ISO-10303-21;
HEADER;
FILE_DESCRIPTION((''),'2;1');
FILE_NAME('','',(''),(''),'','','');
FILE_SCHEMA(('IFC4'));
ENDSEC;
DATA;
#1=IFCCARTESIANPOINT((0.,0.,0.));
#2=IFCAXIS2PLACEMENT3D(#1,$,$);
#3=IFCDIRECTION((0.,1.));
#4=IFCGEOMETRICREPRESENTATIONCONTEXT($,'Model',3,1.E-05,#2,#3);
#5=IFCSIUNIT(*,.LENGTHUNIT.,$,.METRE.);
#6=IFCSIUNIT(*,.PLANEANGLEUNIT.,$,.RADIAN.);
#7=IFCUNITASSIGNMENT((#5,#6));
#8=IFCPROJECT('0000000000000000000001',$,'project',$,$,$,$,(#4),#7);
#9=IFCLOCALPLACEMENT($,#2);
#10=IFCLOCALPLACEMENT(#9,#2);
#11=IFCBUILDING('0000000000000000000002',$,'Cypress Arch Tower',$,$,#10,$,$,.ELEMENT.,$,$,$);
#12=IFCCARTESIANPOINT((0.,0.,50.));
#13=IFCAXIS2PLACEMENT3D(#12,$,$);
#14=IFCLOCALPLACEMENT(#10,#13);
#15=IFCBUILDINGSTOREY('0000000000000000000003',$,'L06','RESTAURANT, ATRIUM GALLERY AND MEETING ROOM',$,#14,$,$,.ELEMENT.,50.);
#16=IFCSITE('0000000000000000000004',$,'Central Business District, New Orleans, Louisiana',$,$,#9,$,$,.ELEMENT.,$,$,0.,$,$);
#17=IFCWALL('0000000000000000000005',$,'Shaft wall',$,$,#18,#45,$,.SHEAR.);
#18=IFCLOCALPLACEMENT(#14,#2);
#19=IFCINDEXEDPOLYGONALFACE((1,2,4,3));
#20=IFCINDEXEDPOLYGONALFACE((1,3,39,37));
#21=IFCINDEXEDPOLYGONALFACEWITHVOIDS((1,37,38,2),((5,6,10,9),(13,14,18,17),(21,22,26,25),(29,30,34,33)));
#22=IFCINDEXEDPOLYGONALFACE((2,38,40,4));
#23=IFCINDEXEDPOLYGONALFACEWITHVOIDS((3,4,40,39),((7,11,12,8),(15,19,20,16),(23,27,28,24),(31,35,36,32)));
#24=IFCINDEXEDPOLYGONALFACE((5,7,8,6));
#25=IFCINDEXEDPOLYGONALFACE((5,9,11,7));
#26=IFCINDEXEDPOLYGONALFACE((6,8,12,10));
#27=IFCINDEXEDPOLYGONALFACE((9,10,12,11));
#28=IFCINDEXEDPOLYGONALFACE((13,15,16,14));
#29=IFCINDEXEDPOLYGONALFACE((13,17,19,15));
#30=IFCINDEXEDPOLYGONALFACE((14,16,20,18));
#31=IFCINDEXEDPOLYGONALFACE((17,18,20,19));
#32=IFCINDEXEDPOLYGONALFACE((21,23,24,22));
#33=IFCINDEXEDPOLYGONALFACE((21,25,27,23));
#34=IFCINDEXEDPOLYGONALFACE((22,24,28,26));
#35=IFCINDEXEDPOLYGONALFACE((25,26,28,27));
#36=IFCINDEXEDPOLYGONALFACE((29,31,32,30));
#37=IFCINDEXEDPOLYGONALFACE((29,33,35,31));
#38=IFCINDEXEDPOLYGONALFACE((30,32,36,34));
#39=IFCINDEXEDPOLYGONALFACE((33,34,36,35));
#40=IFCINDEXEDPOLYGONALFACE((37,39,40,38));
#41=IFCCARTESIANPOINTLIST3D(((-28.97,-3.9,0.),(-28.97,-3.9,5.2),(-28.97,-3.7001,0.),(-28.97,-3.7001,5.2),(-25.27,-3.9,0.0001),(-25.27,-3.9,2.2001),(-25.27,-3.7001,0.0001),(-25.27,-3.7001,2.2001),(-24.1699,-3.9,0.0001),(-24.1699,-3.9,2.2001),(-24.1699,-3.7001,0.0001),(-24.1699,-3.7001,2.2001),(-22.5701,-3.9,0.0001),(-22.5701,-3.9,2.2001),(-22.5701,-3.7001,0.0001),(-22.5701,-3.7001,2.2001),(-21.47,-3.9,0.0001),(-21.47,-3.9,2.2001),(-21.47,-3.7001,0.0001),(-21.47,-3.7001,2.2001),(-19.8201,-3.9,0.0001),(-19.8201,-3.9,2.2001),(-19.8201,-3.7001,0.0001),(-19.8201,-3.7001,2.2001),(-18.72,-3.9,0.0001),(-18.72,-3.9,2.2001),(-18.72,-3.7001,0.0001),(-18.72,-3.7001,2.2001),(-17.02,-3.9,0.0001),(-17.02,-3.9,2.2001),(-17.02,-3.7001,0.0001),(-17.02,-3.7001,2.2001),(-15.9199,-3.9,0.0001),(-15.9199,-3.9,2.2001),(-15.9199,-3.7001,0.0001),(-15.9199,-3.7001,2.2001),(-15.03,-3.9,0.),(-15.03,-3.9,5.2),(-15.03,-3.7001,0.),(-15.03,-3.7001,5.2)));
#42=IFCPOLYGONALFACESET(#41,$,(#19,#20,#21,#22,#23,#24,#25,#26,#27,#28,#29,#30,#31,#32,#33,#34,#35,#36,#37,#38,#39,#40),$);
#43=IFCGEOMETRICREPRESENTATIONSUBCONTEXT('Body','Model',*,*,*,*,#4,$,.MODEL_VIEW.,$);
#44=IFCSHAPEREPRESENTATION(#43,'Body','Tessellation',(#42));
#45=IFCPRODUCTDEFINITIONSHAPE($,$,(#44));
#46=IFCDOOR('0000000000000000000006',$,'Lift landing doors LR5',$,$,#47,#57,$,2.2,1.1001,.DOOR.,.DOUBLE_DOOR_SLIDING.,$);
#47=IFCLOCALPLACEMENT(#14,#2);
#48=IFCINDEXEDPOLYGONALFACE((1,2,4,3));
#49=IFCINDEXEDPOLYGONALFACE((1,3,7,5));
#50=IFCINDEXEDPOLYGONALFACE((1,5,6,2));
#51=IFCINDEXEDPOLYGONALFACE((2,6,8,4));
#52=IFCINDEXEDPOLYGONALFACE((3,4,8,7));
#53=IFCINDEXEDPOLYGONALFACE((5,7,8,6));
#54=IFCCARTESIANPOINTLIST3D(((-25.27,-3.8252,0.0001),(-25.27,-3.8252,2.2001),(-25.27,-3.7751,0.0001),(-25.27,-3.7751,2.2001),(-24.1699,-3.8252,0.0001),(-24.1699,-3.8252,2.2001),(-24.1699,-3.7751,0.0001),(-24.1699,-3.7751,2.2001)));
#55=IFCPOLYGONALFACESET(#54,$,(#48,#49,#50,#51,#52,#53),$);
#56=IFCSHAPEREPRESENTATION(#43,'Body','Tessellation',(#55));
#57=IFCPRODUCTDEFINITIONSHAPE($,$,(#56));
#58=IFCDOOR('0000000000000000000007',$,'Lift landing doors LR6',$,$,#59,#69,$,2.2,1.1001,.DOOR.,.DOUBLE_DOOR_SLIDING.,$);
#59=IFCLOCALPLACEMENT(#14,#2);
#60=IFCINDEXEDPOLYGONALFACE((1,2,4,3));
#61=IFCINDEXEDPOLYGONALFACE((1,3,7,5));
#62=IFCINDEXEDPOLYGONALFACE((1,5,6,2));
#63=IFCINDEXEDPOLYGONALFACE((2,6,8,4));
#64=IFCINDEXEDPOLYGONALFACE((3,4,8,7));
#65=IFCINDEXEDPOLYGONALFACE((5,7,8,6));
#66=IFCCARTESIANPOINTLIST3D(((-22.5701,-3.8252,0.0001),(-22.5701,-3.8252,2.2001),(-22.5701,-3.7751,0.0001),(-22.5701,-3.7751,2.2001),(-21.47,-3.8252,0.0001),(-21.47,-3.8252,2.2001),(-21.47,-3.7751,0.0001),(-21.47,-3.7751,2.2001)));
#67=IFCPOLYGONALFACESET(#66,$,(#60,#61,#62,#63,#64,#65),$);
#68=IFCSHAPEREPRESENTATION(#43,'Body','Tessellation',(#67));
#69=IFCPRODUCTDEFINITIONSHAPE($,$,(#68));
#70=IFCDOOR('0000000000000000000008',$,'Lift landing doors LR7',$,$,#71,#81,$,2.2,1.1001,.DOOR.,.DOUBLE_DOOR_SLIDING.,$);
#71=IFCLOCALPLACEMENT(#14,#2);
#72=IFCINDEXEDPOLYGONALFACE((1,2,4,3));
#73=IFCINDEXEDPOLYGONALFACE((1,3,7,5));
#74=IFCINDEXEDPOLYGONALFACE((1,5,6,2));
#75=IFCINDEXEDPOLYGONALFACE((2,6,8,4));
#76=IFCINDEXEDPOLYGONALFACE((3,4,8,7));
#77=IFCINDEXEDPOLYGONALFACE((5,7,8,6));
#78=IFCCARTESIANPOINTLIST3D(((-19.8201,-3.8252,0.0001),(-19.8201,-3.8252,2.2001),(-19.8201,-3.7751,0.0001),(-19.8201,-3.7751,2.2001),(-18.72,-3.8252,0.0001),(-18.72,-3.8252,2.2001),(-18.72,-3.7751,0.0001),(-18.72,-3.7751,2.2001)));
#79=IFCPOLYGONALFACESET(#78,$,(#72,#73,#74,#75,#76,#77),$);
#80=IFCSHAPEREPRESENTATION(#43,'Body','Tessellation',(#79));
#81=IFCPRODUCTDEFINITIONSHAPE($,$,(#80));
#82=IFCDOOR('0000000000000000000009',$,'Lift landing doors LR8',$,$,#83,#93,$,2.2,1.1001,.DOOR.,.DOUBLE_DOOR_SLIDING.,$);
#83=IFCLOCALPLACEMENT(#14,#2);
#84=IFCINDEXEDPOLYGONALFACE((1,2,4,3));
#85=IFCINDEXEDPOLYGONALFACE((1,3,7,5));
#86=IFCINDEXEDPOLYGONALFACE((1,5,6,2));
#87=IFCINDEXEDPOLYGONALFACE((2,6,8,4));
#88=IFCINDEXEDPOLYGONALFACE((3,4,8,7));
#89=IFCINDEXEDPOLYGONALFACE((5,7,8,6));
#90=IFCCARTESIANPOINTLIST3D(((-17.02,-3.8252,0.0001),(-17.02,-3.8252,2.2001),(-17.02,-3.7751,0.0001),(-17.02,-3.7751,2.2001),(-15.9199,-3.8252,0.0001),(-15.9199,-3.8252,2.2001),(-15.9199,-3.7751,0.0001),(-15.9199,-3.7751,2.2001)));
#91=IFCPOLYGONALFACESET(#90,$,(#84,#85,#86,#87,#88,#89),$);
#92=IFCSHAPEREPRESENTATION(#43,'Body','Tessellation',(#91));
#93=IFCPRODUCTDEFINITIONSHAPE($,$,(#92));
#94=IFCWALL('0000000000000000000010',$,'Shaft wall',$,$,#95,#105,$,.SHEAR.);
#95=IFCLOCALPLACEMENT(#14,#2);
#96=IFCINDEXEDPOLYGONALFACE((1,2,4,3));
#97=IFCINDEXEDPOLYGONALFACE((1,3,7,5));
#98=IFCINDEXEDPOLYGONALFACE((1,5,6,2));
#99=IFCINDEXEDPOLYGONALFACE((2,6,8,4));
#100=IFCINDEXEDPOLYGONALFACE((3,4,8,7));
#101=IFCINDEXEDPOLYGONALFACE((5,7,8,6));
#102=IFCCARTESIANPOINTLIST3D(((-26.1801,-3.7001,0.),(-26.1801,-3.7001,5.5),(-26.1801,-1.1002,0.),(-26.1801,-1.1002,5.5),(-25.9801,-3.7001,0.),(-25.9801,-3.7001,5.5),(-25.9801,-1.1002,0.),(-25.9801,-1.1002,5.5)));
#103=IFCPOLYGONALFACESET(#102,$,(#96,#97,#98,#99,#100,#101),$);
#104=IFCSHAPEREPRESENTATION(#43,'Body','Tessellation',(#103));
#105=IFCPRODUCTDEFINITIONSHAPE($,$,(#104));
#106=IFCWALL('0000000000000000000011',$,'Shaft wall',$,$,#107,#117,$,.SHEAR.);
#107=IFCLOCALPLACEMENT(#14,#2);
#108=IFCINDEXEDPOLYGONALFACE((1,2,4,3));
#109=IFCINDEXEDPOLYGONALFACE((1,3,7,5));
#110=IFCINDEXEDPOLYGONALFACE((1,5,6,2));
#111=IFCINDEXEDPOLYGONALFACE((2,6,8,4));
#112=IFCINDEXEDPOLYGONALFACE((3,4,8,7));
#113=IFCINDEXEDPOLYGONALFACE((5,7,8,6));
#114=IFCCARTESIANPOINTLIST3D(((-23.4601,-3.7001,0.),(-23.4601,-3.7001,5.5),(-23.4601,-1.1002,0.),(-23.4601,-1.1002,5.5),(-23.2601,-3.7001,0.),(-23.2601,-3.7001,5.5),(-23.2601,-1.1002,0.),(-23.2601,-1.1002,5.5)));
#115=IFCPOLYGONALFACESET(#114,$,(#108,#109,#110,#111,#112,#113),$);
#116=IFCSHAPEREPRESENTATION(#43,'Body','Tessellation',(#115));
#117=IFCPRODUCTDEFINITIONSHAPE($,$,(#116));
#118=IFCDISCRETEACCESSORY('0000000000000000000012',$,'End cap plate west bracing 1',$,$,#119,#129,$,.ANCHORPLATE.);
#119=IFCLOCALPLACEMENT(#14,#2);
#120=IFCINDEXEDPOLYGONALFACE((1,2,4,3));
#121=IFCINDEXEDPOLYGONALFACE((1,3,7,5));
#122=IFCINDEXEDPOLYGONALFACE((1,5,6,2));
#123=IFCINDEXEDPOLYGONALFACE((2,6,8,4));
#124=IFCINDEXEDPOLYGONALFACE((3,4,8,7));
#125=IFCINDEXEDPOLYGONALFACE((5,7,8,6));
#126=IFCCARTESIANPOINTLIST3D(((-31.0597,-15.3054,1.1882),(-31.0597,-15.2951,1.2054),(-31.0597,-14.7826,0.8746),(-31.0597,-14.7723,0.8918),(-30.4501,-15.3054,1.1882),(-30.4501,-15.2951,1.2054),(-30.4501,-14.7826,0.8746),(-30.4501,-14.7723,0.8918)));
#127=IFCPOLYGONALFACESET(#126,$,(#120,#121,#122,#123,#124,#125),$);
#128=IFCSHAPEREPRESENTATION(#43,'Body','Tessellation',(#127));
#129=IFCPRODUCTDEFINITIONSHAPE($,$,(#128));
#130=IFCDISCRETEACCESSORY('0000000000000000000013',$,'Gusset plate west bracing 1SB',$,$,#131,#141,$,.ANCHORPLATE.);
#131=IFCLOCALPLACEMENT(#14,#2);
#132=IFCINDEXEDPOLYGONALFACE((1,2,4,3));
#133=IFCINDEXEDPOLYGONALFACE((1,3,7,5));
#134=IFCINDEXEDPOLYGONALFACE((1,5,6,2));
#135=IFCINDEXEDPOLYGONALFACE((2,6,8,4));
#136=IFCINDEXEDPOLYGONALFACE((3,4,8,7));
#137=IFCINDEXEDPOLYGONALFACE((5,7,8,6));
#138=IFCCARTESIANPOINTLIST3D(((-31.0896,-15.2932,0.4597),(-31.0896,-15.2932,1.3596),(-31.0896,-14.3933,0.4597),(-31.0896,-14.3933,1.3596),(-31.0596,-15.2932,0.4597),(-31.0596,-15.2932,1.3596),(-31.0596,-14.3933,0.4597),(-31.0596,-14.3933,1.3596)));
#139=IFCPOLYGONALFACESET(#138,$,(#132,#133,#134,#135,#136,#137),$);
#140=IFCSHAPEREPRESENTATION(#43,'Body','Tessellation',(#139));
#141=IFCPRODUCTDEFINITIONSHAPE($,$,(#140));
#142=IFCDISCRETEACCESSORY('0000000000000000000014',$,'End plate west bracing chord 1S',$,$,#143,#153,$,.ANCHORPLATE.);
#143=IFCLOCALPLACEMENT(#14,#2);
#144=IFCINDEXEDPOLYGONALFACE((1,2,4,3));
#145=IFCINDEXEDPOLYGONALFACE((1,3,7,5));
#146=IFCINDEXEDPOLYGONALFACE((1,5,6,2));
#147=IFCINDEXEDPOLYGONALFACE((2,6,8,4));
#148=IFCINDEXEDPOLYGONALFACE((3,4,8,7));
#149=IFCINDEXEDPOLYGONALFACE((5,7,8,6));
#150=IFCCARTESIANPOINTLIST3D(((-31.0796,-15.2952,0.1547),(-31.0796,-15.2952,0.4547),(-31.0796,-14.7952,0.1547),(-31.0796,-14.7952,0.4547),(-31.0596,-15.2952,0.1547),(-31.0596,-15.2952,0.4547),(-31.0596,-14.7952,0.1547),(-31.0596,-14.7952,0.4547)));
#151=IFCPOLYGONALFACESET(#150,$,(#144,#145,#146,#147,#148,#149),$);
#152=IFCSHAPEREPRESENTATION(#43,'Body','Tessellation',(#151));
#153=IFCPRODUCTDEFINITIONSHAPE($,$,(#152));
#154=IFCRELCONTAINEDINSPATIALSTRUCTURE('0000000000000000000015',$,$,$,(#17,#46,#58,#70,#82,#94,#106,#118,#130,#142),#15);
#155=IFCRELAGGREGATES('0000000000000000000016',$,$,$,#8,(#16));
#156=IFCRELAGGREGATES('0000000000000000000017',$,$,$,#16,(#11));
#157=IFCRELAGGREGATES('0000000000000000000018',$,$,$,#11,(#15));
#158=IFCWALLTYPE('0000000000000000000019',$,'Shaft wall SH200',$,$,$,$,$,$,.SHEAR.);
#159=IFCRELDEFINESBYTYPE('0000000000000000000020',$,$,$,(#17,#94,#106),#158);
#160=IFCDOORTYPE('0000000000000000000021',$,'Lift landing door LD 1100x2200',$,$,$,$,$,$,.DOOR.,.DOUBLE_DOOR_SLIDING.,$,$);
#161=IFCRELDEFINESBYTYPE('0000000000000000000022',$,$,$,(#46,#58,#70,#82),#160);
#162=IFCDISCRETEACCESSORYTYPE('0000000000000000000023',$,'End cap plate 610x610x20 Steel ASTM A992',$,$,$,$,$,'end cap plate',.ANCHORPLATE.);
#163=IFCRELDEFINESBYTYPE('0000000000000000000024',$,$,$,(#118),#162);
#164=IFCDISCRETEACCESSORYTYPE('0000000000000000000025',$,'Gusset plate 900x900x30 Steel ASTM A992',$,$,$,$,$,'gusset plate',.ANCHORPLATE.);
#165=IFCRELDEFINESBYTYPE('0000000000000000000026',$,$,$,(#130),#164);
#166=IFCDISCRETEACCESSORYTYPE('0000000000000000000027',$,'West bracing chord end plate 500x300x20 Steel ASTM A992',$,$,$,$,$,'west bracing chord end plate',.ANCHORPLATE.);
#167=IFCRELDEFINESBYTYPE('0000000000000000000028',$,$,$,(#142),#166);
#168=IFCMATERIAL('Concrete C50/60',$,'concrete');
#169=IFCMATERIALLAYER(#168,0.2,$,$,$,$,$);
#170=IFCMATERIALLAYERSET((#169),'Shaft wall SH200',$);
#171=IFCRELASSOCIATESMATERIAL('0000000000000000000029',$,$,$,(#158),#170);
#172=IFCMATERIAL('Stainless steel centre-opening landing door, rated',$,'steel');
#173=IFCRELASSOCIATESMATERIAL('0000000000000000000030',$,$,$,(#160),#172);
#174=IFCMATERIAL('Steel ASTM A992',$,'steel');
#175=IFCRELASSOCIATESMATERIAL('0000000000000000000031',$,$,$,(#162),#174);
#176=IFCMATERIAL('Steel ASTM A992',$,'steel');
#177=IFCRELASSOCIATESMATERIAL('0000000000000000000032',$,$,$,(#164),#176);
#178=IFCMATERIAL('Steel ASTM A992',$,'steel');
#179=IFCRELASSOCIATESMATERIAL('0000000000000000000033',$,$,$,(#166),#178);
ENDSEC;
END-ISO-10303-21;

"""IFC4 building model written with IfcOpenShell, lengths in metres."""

from ifc_helpers import new_model, si_unit, direction, frame, frame_2d, origin, origin_2d, place, context, subcontext, project, spatial, rectangle, extrude, material, layer, layer_set, material_profile, profile_set, type_object, element, fill, save


model = new_model("IFC4")

# Units and contexts
model_context = context("Model", 3, precision=1e-05, world=origin(), true_north=direction((0.0, 1.0)))
body_context = subcontext(model_context, "Body", "Model", "MODEL_VIEW")
ifc_project = project(units=[si_unit("LENGTHUNIT", "METRE"), si_unit("PLANEANGLEUNIT", "RADIAN")], contexts=[model_context])

# Site, building, storey
site_placement = place(None, origin())
site = spatial("IfcSite", under=ifc_project, at=site_placement, Name="Central Business District, New Orleans, Louisiana", CompositionType="ELEMENT", RefElevation=0.0)
building_placement = place(site_placement, origin())
building = spatial("IfcBuilding", under=site, at=building_placement, Name="Cypress Arch Tower", CompositionType="ELEMENT")
storey_placement = place(building_placement, frame((0.0, 0.0, 50.0)))
storey = spatial("IfcBuildingStorey", under=building, at=storey_placement, Name="L06", Description="RESTAURANT, ATRIUM GALLERY AND MEETING ROOM", CompositionType="ELEMENT", Elevation=50.0)

# Wall, openings, doors
ifc_material_1 = material(Name="Concrete C50/60", Category="concrete")
ifc_layer_1 = layer(ifc_material_1, 0.2)
ifc_layer_set_1 = layer_set([ifc_layer_1], Name="Shaft wall SH200")
wall_type = type_object("IfcWallType", Name="Shaft wall SH200", PredefinedType="SHEAR", material=ifc_layer_set_1)
ifc_material_2 = material(Name="Stainless steel centre-opening landing door, rated", Category="steel")
door_type = type_object("IfcDoorType", Name="Lift landing door LD 1100x2200", OperationType="DOUBLE_DOOR_SLIDING", PredefinedType="DOOR", material=ifc_material_2)
wall_1_placement = place(storey_placement, frame((-28.97, -3.8, 0.0), z_axis=(0.0, 0.0, 1.0), x_axis=(1.0, 0.0, 0.0)))
wall_1 = element("IfcWall", 1, at=wall_1_placement, inside=storey, type_object=wall_type, Name="Shaft wall", PredefinedType="SHEAR", context=body_context, shape_type="SweptSolid", body=[
    extrude(rectangle(XDim=13.9399, YDim=0.2, at=frame_2d((6.97, 0.0))), origin(), (0.0, 0.0, 1.0), 5.2),
])
opening_1_placement = place(wall_1_placement, frame((3.7, 0.0, 0.0)))
opening_1 = element("IfcOpeningElement", 2, at=opening_1_placement, cuts=wall_1, PredefinedType="OPENING", context=body_context, shape_type="SweptSolid", body=[
    extrude(rectangle(XDim=1.1001, YDim=2.2, at=frame_2d((0.55, 1.1001))), frame((0.0, 0.1099, 0.0), z_axis=(0.0, -1.0, 0.0), x_axis=(1.0, 0.0, 0.0)), (0.0, 0.0, 1.0), 0.22),
])
opening_2_placement = place(wall_1_placement, frame((6.3999, 0.0, 0.0)))
opening_2 = element("IfcOpeningElement", 3, at=opening_2_placement, cuts=wall_1, PredefinedType="OPENING", context=body_context, shape_type="SweptSolid", body=[
    extrude(rectangle(XDim=1.1001, YDim=2.2, at=frame_2d((0.55, 1.1001))), frame((0.0, 0.1099, 0.0), z_axis=(0.0, -1.0, 0.0), x_axis=(1.0, 0.0, 0.0)), (0.0, 0.0, 1.0), 0.22),
])
opening_3_placement = place(wall_1_placement, frame((9.1499, 0.0, 0.0)))
opening_3 = element("IfcOpeningElement", 4, at=opening_3_placement, cuts=wall_1, PredefinedType="OPENING", context=body_context, shape_type="SweptSolid", body=[
    extrude(rectangle(XDim=1.1001, YDim=2.2, at=frame_2d((0.55, 1.1001))), frame((0.0, 0.1099, 0.0), z_axis=(0.0, -1.0, 0.0), x_axis=(1.0, 0.0, 0.0)), (0.0, 0.0, 1.0), 0.22),
])
opening_4_placement = place(wall_1_placement, frame((11.95, 0.0, 0.0)))
opening_4 = element("IfcOpeningElement", 5, at=opening_4_placement, cuts=wall_1, PredefinedType="OPENING", context=body_context, shape_type="SweptSolid", body=[
    extrude(rectangle(XDim=1.1001, YDim=2.2, at=frame_2d((0.55, 1.1001))), frame((0.0, 0.1099, 0.0), z_axis=(0.0, -1.0, 0.0), x_axis=(1.0, 0.0, 0.0)), (0.0, 0.0, 1.0), 0.22),
])
door_1_placement = place(opening_1_placement, origin())
door_1 = element("IfcDoor", 6, at=door_1_placement, inside=storey, type_object=door_type, Name="Lift landing doors LR5", OperationType="DOUBLE_DOOR_SLIDING", OverallHeight=2.2, OverallWidth=1.1001, PredefinedType="DOOR", context=body_context, shape_type="SweptSolid", body=[
    extrude(rectangle(XDim=1.1001, YDim=2.2, at=frame_2d((0.55, 1.1001))), frame((0.0, 0.0249, 0.0), z_axis=(0.0, -1.0, 0.0), x_axis=(1.0, 0.0, 0.0)), (0.0, 0.0, 1.0), 0.05),
])
fill(opening_1, door_1)
door_2_placement = place(opening_2_placement, origin())
door_2 = element("IfcDoor", 7, at=door_2_placement, inside=storey, type_object=door_type, Name="Lift landing doors LR6", OperationType="DOUBLE_DOOR_SLIDING", OverallHeight=2.2, OverallWidth=1.1001, PredefinedType="DOOR", context=body_context, shape_type="SweptSolid", body=[
    extrude(rectangle(XDim=1.1001, YDim=2.2, at=frame_2d((0.55, 1.1001))), frame((0.0, 0.0249, 0.0), z_axis=(0.0, -1.0, 0.0), x_axis=(1.0, 0.0, 0.0)), (0.0, 0.0, 1.0), 0.05),
])
fill(opening_2, door_2)
door_3_placement = place(opening_3_placement, origin())
door_3 = element("IfcDoor", 8, at=door_3_placement, inside=storey, type_object=door_type, Name="Lift landing doors LR7", OperationType="DOUBLE_DOOR_SLIDING", OverallHeight=2.2, OverallWidth=1.1001, PredefinedType="DOOR", context=body_context, shape_type="SweptSolid", body=[
    extrude(rectangle(XDim=1.1001, YDim=2.2, at=frame_2d((0.55, 1.1001))), frame((0.0, 0.0249, 0.0), z_axis=(0.0, -1.0, 0.0), x_axis=(1.0, 0.0, 0.0)), (0.0, 0.0, 1.0), 0.05),
])
fill(opening_3, door_3)
door_4_placement = place(opening_4_placement, origin())
door_4 = element("IfcDoor", 9, at=door_4_placement, inside=storey, type_object=door_type, Name="Lift landing doors LR8", OperationType="DOUBLE_DOOR_SLIDING", OverallHeight=2.2, OverallWidth=1.1001, PredefinedType="DOOR", context=body_context, shape_type="SweptSolid", body=[
    extrude(rectangle(XDim=1.1001, YDim=2.2, at=frame_2d((0.55, 1.1001))), frame((0.0, 0.0249, 0.0), z_axis=(0.0, -1.0, 0.0), x_axis=(1.0, 0.0, 0.0)), (0.0, 0.0, 1.0), 0.05),
])
fill(opening_4, door_4)

# Walls
for number, where, z_axis, x_axis, name in (
    (10, (-26.0801, -3.7, 0.0), (0.0, 0.0, 1.0), (0.0, 1.0, 0.0), "Shaft wall"),
    (11, (-23.3601, -3.7, 0.0), (0.0, 0.0, 1.0), (0.0, 1.0, 0.0), "Shaft wall"),
):
    element("IfcWall", number, at=place(storey_placement, frame(where, z_axis=z_axis, x_axis=x_axis)), inside=storey, type_object=wall_type, Name=name, PredefinedType="SHEAR", context=body_context, shape_type="SweptSolid", body=[
        extrude(rectangle(XDim=2.5999, YDim=0.2, at=frame_2d((1.2998, 0.0))), origin(), (0.0, 0.0, 1.0), 5.5),
    ])

# Discrete accessories
ifc_material_3 = material(Name="Steel ASTM A992", Category="steel")
ifc_material_profile_1 = material_profile(ifc_material_3, rectangle(XDim=0.6096, YDim=0.6096, at=origin_2d()), Name="PL 20 610x610")
ifc_profile_set_1 = profile_set([ifc_material_profile_1], Name="Steel ASTM A992")
discrete_accessory_type_1 = type_object("IfcDiscreteAccessoryType", Name="End cap plate 610x610x20 Steel ASTM A992", ElementType="end cap plate", PredefinedType="ANCHORPLATE", material=ifc_profile_set_1)
discrete_accessory_1_placement = place(storey_placement, frame((-30.7549, -15.0337, 1.0486), z_axis=(0.0, -0.514496, -0.857493), x_axis=(1.0, 0.0, 0.0)))
element("IfcDiscreteAccessory", 12, at=discrete_accessory_1_placement, inside=storey, type_object=discrete_accessory_type_1, Name="End cap plate west bracing 1", PredefinedType="ANCHORPLATE", context=body_context, shape_type="SweptSolid", body=[
    extrude(rectangle(XDim=0.6096, YDim=0.6096, at=origin_2d()), origin(), (0.0, 0.0, 1.0), 0.02),
])
ifc_material_4 = material(Name="Steel ASTM A992", Category="steel")
ifc_material_profile_2 = material_profile(ifc_material_4, rectangle(XDim=0.8999, YDim=0.8999, at=origin_2d()), Name="PL 30 900x900")
ifc_profile_set_2 = profile_set([ifc_material_profile_2], Name="Steel ASTM A992")
discrete_accessory_type_2 = type_object("IfcDiscreteAccessoryType", Name="Gusset plate 900x900x30 Steel ASTM A992", ElementType="gusset plate", PredefinedType="ANCHORPLATE", material=ifc_profile_set_2)
discrete_accessory_2_placement = place(storey_placement, frame((-31.0596, -14.8433, 0.9097), z_axis=(-1.0, 0.0, 0.0), x_axis=(0.0, -1.0, 0.0)))
element("IfcDiscreteAccessory", 13, at=discrete_accessory_2_placement, inside=storey, type_object=discrete_accessory_type_2, Name="Gusset plate west bracing 1SB", PredefinedType="ANCHORPLATE", context=body_context, shape_type="SweptSolid", body=[
    extrude(rectangle(XDim=0.8999, YDim=0.8999, at=origin_2d()), origin(), (0.0, 0.0, 1.0), 0.03),
])
ifc_material_5 = material(Name="Steel ASTM A992", Category="steel")
ifc_material_profile_3 = material_profile(ifc_material_5, rectangle(XDim=0.5, YDim=0.3, at=origin_2d()), Name="PL 20 500x300")
ifc_profile_set_3 = profile_set([ifc_material_profile_3], Name="Steel ASTM A992")
discrete_accessory_type_3 = type_object("IfcDiscreteAccessoryType", Name="West bracing chord end plate 500x300x20 Steel ASTM A992", ElementType="west bracing chord end plate", PredefinedType="ANCHORPLATE", material=ifc_profile_set_3)
discrete_accessory_3_placement = place(storey_placement, frame((-31.0596, -15.0452, 0.3047), z_axis=(-1.0, 0.0, 0.0), x_axis=(0.0, -1.0, 0.0)))
element("IfcDiscreteAccessory", 14, at=discrete_accessory_3_placement, inside=storey, type_object=discrete_accessory_type_3, Name="End plate west bracing chord 1S", PredefinedType="ANCHORPLATE", context=body_context, shape_type="SweptSolid", body=[
    extrude(rectangle(XDim=0.5, YDim=0.3, at=origin_2d()), origin(), (0.0, 0.0, 1.0), 0.02),
])

save(model, "model.ifc")
